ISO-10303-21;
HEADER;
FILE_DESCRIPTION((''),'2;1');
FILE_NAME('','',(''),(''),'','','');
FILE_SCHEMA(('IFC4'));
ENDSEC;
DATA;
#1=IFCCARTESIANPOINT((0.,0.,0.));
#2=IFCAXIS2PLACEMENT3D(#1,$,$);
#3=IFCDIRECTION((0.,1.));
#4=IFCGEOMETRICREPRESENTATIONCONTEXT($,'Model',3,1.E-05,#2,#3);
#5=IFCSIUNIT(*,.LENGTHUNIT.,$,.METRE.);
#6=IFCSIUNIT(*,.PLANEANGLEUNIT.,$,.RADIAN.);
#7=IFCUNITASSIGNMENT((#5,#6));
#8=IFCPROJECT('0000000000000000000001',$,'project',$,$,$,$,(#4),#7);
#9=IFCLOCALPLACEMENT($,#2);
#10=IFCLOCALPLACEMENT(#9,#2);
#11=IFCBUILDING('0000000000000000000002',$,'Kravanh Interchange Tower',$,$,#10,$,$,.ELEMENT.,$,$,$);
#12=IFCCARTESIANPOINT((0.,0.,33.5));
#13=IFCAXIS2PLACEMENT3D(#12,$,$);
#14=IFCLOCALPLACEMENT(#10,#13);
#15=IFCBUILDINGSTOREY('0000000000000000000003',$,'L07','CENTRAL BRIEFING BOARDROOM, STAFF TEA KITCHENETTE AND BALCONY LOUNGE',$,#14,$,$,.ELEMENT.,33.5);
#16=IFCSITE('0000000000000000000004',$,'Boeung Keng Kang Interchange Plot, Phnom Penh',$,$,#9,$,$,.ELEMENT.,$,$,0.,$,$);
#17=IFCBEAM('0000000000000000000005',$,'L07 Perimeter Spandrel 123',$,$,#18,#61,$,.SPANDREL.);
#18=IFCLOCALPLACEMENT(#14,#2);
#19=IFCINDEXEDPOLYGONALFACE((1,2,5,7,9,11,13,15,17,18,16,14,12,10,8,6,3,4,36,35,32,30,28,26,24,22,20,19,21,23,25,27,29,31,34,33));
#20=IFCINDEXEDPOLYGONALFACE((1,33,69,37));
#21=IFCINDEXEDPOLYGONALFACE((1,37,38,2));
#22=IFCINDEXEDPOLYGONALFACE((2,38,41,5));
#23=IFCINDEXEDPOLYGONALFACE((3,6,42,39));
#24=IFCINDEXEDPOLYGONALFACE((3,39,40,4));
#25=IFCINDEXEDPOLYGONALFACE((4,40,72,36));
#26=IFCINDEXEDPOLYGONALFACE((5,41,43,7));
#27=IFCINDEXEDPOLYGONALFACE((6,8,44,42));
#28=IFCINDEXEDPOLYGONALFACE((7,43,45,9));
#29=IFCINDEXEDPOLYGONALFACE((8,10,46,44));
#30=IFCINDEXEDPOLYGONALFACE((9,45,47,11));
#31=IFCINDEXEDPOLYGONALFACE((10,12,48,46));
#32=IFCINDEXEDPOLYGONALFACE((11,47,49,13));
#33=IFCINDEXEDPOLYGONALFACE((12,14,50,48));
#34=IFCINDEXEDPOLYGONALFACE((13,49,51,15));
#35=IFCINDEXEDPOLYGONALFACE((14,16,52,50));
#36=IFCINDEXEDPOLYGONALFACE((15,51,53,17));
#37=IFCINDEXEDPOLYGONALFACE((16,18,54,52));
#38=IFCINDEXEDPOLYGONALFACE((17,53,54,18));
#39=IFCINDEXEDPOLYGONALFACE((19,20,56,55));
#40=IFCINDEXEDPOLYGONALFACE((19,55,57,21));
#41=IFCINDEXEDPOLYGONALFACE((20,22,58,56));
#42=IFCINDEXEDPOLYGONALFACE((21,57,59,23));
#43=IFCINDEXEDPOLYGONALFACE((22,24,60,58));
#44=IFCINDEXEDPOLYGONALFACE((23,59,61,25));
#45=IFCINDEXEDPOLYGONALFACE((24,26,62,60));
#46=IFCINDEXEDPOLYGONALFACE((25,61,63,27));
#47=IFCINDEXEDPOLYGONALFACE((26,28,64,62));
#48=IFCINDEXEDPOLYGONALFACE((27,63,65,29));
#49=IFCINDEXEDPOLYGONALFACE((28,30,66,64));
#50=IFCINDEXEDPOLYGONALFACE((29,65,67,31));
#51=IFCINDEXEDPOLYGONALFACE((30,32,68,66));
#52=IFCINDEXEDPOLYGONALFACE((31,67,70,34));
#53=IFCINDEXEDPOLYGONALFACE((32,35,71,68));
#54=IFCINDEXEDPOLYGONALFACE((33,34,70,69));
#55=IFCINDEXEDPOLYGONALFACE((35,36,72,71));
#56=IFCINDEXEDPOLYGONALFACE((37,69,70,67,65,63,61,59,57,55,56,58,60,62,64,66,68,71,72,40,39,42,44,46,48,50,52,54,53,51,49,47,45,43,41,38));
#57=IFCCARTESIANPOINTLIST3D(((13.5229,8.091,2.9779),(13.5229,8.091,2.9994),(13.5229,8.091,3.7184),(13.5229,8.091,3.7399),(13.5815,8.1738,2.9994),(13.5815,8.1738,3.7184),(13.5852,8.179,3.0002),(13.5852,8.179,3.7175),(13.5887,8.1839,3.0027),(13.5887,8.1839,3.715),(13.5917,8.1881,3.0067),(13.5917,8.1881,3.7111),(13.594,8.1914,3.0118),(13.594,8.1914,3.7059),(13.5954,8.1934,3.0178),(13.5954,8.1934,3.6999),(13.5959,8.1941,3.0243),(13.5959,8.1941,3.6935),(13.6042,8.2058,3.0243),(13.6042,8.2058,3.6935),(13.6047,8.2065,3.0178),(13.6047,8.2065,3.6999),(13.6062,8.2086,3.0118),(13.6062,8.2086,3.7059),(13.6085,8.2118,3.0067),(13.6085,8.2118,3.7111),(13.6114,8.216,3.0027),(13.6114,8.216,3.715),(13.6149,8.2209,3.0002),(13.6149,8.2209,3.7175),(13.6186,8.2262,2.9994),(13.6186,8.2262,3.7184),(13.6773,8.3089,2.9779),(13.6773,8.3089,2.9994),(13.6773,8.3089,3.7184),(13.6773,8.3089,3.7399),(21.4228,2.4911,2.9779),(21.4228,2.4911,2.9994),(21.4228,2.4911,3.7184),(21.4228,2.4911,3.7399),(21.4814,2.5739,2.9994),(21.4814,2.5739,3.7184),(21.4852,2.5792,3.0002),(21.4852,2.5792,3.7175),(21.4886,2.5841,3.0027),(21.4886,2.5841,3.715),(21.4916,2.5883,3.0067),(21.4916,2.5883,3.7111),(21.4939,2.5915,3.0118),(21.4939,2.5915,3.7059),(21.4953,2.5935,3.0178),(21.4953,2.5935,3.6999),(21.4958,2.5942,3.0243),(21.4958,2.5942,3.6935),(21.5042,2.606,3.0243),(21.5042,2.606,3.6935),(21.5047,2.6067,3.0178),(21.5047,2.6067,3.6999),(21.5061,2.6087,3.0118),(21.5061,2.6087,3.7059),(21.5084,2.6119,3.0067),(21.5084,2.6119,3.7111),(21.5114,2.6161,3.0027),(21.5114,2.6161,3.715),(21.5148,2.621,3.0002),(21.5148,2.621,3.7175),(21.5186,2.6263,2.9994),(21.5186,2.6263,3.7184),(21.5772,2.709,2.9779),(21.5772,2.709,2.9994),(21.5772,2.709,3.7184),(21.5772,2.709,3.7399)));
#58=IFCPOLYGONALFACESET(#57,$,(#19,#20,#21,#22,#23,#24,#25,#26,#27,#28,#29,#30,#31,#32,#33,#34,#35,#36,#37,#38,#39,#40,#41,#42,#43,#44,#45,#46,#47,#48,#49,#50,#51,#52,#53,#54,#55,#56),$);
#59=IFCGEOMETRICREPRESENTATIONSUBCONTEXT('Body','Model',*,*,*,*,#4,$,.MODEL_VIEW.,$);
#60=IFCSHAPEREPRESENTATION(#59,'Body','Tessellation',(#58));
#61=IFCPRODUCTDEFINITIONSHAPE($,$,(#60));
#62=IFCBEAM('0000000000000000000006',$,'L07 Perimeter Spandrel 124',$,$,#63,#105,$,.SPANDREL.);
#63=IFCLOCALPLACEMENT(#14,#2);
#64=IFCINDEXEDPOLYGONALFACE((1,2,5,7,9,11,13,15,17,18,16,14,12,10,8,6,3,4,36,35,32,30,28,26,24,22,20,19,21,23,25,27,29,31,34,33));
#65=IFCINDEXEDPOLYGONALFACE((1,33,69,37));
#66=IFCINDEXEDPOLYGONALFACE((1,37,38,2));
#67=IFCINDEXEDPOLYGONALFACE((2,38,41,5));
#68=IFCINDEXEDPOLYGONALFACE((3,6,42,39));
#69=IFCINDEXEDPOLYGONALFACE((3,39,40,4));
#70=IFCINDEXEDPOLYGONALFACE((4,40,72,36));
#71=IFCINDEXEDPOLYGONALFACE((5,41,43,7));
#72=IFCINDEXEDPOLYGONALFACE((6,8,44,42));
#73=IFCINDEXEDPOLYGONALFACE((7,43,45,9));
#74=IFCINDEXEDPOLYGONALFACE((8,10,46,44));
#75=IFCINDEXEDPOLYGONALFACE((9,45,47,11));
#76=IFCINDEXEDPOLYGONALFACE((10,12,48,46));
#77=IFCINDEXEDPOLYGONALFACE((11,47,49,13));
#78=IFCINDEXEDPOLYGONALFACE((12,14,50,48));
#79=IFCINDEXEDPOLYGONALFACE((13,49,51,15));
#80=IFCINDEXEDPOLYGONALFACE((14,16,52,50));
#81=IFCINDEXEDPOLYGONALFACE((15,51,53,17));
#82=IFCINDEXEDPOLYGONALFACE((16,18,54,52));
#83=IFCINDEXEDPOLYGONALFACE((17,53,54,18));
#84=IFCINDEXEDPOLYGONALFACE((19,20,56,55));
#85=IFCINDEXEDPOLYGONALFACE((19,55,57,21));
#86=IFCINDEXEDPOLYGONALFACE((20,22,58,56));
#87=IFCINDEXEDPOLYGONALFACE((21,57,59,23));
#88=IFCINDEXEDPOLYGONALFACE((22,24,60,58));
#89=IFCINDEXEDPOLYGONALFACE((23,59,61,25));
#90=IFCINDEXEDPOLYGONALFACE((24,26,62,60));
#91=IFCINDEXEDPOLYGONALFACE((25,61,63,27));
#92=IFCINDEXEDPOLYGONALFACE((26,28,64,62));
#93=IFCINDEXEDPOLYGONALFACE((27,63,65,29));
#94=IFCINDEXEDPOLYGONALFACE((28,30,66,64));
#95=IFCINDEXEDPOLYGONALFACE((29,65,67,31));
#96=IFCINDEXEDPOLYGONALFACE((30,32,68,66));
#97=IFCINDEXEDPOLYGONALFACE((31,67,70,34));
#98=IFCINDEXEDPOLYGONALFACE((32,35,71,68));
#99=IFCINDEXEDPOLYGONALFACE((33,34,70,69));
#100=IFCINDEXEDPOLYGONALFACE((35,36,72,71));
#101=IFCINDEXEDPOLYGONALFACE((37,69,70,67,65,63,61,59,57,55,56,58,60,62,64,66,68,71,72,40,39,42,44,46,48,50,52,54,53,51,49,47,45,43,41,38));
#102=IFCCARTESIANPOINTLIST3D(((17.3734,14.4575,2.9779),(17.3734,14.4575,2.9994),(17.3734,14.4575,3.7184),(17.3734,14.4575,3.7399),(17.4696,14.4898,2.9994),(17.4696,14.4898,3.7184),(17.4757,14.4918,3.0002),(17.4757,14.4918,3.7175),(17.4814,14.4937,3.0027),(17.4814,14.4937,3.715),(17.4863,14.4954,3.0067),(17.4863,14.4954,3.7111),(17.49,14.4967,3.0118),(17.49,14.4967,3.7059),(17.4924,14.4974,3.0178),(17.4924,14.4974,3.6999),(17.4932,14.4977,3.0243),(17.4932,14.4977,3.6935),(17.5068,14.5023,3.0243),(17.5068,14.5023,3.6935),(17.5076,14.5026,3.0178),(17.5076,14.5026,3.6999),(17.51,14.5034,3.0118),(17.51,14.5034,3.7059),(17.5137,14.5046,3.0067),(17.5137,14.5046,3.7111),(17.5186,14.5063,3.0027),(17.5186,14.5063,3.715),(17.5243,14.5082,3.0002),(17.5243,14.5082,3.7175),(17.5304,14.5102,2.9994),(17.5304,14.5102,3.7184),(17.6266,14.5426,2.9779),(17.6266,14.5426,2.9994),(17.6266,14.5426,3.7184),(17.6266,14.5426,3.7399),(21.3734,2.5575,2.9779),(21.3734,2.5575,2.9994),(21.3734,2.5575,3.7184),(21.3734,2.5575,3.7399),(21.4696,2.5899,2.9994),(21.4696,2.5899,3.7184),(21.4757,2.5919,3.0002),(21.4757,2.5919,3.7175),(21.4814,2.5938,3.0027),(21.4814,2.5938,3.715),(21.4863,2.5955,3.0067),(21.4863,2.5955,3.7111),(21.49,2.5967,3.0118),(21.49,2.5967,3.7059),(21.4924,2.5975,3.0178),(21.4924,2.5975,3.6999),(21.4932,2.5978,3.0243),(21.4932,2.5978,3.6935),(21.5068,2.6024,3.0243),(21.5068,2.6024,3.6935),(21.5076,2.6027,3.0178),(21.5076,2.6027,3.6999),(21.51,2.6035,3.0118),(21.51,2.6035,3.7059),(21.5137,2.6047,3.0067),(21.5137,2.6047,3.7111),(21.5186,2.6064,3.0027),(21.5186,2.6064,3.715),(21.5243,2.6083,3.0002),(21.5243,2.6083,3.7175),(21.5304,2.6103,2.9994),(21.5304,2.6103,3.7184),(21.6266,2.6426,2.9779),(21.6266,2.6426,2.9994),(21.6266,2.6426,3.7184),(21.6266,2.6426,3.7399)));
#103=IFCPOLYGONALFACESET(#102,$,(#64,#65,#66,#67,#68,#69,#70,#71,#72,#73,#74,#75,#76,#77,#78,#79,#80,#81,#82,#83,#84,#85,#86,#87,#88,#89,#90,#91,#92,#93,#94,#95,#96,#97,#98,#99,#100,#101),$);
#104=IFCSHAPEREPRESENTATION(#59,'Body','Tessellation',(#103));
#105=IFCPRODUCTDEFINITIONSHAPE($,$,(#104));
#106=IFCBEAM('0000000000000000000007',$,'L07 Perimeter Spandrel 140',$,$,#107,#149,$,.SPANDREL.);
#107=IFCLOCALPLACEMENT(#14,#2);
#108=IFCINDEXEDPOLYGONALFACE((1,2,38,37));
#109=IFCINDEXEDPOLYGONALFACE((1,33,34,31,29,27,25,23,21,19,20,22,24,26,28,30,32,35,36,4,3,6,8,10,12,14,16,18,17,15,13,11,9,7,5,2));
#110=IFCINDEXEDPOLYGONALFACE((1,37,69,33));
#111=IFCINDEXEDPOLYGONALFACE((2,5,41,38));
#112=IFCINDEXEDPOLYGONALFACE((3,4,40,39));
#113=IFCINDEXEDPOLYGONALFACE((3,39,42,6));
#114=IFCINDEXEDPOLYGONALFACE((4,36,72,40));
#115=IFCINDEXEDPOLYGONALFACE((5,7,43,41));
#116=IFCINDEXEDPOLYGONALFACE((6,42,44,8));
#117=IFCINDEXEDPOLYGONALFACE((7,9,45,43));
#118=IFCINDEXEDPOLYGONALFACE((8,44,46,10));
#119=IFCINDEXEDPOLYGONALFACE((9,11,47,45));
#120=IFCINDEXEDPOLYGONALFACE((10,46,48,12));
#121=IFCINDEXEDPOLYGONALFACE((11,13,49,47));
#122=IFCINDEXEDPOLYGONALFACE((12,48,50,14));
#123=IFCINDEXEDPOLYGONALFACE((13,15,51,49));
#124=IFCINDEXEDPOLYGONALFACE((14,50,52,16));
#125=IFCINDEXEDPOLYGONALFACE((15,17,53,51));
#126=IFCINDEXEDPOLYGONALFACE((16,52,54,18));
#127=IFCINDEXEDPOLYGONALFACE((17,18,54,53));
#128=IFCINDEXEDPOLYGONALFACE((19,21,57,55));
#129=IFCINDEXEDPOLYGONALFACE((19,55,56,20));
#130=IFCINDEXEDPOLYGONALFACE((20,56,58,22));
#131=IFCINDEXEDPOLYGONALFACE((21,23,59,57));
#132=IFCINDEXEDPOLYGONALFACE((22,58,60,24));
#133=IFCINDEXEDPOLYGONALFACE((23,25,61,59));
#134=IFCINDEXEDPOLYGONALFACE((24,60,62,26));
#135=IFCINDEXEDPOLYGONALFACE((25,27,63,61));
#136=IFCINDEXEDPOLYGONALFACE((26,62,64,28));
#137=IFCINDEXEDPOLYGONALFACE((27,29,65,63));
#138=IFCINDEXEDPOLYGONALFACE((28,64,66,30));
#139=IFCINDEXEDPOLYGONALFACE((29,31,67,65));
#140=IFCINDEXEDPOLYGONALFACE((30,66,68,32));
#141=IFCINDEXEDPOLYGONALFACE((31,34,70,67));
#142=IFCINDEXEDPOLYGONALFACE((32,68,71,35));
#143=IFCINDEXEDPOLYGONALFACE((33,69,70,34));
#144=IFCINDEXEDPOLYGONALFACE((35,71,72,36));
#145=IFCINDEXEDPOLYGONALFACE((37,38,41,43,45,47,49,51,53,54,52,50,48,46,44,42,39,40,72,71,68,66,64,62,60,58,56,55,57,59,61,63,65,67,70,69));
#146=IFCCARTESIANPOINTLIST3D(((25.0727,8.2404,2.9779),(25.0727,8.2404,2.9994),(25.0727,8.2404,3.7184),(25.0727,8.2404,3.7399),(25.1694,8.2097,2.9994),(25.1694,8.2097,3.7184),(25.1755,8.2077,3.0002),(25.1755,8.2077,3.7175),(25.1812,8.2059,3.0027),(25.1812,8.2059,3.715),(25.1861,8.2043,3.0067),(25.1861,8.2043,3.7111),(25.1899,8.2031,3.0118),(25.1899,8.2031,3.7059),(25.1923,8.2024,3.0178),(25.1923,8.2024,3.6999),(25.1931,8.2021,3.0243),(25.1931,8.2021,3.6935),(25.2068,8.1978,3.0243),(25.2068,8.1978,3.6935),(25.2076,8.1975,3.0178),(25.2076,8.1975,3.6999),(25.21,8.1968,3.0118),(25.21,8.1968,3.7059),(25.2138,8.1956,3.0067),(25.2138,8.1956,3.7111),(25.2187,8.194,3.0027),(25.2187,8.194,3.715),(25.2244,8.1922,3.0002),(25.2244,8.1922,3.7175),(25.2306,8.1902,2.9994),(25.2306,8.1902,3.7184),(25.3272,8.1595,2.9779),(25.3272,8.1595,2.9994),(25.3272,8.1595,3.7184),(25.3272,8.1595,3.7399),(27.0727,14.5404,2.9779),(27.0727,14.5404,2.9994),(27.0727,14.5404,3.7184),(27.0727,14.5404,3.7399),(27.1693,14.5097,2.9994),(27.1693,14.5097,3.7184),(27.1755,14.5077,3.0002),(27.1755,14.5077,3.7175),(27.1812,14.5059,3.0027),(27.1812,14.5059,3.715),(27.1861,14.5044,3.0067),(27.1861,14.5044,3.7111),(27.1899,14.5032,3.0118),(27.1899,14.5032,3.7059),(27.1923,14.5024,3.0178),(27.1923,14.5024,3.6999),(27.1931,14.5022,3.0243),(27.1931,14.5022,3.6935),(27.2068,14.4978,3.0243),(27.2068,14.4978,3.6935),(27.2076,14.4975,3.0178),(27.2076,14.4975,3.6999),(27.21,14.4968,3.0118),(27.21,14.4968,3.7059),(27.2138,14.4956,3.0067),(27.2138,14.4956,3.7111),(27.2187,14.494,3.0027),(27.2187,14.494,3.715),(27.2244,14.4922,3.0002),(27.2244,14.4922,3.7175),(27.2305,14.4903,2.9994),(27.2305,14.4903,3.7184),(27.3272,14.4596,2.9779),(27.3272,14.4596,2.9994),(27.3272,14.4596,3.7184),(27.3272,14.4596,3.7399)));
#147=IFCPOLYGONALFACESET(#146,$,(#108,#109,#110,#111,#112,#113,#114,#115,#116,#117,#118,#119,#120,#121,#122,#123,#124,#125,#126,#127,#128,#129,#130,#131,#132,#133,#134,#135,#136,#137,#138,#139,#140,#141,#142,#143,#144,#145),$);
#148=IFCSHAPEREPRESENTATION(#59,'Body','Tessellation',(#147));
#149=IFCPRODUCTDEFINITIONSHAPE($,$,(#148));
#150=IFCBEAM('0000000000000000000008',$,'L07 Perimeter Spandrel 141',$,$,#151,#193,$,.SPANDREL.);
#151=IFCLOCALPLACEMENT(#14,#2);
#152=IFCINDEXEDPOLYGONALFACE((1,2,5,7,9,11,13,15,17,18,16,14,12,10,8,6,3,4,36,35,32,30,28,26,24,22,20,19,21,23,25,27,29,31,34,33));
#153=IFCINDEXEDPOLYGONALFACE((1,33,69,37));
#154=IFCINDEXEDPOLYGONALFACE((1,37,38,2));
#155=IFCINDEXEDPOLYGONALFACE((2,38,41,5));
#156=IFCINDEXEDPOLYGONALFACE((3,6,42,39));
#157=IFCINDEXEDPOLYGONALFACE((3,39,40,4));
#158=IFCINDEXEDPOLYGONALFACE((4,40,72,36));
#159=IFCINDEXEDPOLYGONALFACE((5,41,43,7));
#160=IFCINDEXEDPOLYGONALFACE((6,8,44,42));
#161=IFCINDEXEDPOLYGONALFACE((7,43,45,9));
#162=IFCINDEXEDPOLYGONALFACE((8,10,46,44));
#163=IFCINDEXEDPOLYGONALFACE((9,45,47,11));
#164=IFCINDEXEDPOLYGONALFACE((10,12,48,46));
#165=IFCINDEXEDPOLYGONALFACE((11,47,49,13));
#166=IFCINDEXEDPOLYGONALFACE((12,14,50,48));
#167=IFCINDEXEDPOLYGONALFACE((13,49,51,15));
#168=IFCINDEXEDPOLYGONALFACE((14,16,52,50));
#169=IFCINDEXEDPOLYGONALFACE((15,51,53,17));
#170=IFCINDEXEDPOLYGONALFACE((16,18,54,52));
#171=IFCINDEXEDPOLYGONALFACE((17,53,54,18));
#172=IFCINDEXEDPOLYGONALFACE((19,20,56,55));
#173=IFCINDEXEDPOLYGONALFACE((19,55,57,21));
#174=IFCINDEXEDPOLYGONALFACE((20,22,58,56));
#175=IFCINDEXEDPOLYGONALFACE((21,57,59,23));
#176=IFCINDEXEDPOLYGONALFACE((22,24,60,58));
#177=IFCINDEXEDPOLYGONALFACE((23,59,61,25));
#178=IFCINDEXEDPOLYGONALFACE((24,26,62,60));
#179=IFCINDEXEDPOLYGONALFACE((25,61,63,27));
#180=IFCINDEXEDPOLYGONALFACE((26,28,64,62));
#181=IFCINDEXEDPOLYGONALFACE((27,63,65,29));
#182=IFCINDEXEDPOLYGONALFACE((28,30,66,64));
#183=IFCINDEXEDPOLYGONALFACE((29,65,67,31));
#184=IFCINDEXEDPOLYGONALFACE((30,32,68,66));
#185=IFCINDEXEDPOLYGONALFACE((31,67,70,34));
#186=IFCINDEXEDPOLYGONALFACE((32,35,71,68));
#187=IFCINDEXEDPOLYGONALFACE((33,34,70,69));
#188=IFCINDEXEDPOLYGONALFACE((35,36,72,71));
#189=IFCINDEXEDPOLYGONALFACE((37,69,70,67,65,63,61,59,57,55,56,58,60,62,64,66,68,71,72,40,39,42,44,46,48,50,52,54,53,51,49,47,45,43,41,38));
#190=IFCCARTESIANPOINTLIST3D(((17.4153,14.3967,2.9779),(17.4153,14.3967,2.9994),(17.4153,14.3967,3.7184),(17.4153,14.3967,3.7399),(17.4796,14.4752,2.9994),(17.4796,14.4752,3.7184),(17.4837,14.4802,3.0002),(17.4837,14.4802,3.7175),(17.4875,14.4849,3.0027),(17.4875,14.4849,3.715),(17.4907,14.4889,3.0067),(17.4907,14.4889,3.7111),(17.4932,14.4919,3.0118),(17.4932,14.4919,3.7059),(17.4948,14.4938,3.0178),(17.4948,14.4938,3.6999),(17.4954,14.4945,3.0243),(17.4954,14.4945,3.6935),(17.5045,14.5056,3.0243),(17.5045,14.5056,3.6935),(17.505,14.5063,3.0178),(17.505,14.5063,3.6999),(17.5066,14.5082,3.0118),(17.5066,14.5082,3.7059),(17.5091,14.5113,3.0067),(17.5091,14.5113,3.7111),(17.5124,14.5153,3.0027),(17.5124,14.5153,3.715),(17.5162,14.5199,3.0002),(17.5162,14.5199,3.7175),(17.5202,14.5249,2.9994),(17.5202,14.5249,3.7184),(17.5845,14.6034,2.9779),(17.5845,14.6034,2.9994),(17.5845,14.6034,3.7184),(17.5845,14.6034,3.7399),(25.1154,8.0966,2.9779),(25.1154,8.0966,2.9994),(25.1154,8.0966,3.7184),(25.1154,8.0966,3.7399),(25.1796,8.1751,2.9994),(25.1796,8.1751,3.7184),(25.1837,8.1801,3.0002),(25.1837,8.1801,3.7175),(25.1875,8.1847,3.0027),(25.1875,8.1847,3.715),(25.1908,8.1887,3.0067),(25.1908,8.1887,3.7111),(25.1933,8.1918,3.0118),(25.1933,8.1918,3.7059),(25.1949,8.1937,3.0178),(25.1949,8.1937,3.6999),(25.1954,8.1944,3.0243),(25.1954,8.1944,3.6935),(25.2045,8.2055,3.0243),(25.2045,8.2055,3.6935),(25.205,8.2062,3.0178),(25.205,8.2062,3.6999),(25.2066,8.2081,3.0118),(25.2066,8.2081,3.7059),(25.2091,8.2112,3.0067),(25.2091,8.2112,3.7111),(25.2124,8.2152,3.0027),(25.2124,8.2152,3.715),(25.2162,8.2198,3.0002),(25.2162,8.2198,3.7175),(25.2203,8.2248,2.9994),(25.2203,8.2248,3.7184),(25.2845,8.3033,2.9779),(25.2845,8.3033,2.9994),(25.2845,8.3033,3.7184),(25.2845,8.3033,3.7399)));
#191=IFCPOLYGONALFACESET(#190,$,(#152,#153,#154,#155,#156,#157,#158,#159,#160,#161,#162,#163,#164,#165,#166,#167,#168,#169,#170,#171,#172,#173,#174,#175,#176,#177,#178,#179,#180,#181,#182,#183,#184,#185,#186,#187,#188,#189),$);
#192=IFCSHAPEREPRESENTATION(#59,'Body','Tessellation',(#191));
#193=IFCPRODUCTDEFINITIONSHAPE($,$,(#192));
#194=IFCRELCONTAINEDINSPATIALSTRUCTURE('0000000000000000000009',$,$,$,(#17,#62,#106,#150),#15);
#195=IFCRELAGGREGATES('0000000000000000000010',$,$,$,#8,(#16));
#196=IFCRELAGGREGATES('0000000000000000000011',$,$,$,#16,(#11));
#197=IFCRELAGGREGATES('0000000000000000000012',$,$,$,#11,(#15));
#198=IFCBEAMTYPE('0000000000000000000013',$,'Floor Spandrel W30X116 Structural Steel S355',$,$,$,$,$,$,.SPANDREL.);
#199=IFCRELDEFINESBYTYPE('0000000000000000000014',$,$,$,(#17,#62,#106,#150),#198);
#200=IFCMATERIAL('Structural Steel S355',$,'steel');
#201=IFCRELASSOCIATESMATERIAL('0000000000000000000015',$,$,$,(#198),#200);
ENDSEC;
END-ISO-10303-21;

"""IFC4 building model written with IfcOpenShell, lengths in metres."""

from ifc_helpers import new_model, si_unit, direction, frame, origin, origin_2d, place, context, subcontext, project, spatial, i_section, extrude, material, material_profile, profile_set, type_object, element, save


model = new_model("IFC4")

# Units and contexts
model_context = context("Model", 3, precision=1e-05, world=origin(), true_north=direction((0.0, 1.0)))
body_context = subcontext(model_context, "Body", "Model", "MODEL_VIEW")
ifc_project = project(units=[si_unit("LENGTHUNIT", "METRE"), si_unit("PLANEANGLEUNIT", "RADIAN")], contexts=[model_context])

# Site, building, storey
site_placement = place(None, origin())
site = spatial("IfcSite", under=ifc_project, at=site_placement, Name="Boeung Keng Kang Interchange Plot, Phnom Penh", CompositionType="ELEMENT", RefElevation=0.0)
building_placement = place(site_placement, origin())
building = spatial("IfcBuilding", under=site, at=building_placement, Name="Kravanh Interchange Tower", CompositionType="ELEMENT")
storey_placement = place(building_placement, frame((0.0, 0.0, 33.5)))
storey = spatial("IfcBuildingStorey", under=building, at=storey_placement, Name="L07", Description="CENTRAL BRIEFING BOARDROOM, STAFF TEA KITCHENETTE AND BALCONY LOUNGE", CompositionType="ELEMENT", Elevation=33.5)

# Beams
ifc_material_1 = material(Name="Structural Steel S355", Category="steel")
ifc_material_profile_1 = material_profile(ifc_material_1, i_section(OverallWidth=0.2671, OverallDepth=0.762, WebThickness=0.0144, FlangeThickness=0.0215, FilletRadius=0.0249, at=origin_2d()), Name="W30X116")
ifc_profile_set_1 = profile_set([ifc_material_profile_1], Name="Structural Steel S355")
beam_type = type_object("IfcBeamType", Name="Floor Spandrel W30X116 Structural Steel S355", PredefinedType="SPANDREL", material=ifc_profile_set_1)
beam_1_placement = place(storey_placement, frame((21.5, 2.6001, 3.3589), z_axis=(-0.815825, 0.578299, 0.0), x_axis=(-0.578299, -0.815825, 0.0)))
element("IfcBeam", 1, at=beam_1_placement, inside=storey, type_object=beam_type, Name="L07 Perimeter Spandrel 123", PredefinedType="SPANDREL", context=body_context, shape_type="SweptSolid", body=[
    extrude(i_section(OverallWidth=0.2671, OverallDepth=0.762, WebThickness=0.0144, FlangeThickness=0.0215, FilletRadius=0.0249, at=origin_2d()), origin(), (0.0, 0.0, 1.0), 9.6833),
])
beam_2_placement = place(storey_placement, frame((21.5, 2.6001, 3.3589), z_axis=(-0.318619, 0.947883, 0.0), x_axis=(-0.947883, -0.318619, 0.0)))
element("IfcBeam", 2, at=beam_2_placement, inside=storey, type_object=beam_type, Name="L07 Perimeter Spandrel 124", PredefinedType="SPANDREL", context=body_context, shape_type="SweptSolid", body=[
    extrude(i_section(OverallWidth=0.2671, OverallDepth=0.762, WebThickness=0.0144, FlangeThickness=0.0215, FilletRadius=0.0249, at=origin_2d()), origin(), (0.0, 0.0, 1.0), 12.5542),
])
beam_3_placement = place(storey_placement, frame((25.2, 8.2, 3.3589), z_axis=(0.302577, 0.953125, 0.0), x_axis=(-0.953125, 0.302577, 0.0)))
element("IfcBeam", 3, at=beam_3_placement, inside=storey, type_object=beam_type, Name="L07 Perimeter Spandrel 140", PredefinedType="SPANDREL", context=body_context, shape_type="SweptSolid", body=[
    extrude(i_section(OverallWidth=0.2671, OverallDepth=0.762, WebThickness=0.0144, FlangeThickness=0.0215, FilletRadius=0.0249, at=origin_2d()), origin(), (0.0, 0.0, 1.0), 6.6099),
])
beam_4_placement = place(storey_placement, frame((25.2, 8.2, 3.3589), z_axis=(-0.773953, 0.633243, 0.0), x_axis=(-0.633243, -0.773953, 0.0)))
element("IfcBeam", 4, at=beam_4_placement, inside=storey, type_object=beam_type, Name="L07 Perimeter Spandrel 141", PredefinedType="SPANDREL", context=body_context, shape_type="SweptSolid", body=[
    extrude(i_section(OverallWidth=0.2671, OverallDepth=0.762, WebThickness=0.0144, FlangeThickness=0.0215, FilletRadius=0.0249, at=origin_2d()), origin(), (0.0, 0.0, 1.0), 9.949),
])

save(model, "model.ifc")
